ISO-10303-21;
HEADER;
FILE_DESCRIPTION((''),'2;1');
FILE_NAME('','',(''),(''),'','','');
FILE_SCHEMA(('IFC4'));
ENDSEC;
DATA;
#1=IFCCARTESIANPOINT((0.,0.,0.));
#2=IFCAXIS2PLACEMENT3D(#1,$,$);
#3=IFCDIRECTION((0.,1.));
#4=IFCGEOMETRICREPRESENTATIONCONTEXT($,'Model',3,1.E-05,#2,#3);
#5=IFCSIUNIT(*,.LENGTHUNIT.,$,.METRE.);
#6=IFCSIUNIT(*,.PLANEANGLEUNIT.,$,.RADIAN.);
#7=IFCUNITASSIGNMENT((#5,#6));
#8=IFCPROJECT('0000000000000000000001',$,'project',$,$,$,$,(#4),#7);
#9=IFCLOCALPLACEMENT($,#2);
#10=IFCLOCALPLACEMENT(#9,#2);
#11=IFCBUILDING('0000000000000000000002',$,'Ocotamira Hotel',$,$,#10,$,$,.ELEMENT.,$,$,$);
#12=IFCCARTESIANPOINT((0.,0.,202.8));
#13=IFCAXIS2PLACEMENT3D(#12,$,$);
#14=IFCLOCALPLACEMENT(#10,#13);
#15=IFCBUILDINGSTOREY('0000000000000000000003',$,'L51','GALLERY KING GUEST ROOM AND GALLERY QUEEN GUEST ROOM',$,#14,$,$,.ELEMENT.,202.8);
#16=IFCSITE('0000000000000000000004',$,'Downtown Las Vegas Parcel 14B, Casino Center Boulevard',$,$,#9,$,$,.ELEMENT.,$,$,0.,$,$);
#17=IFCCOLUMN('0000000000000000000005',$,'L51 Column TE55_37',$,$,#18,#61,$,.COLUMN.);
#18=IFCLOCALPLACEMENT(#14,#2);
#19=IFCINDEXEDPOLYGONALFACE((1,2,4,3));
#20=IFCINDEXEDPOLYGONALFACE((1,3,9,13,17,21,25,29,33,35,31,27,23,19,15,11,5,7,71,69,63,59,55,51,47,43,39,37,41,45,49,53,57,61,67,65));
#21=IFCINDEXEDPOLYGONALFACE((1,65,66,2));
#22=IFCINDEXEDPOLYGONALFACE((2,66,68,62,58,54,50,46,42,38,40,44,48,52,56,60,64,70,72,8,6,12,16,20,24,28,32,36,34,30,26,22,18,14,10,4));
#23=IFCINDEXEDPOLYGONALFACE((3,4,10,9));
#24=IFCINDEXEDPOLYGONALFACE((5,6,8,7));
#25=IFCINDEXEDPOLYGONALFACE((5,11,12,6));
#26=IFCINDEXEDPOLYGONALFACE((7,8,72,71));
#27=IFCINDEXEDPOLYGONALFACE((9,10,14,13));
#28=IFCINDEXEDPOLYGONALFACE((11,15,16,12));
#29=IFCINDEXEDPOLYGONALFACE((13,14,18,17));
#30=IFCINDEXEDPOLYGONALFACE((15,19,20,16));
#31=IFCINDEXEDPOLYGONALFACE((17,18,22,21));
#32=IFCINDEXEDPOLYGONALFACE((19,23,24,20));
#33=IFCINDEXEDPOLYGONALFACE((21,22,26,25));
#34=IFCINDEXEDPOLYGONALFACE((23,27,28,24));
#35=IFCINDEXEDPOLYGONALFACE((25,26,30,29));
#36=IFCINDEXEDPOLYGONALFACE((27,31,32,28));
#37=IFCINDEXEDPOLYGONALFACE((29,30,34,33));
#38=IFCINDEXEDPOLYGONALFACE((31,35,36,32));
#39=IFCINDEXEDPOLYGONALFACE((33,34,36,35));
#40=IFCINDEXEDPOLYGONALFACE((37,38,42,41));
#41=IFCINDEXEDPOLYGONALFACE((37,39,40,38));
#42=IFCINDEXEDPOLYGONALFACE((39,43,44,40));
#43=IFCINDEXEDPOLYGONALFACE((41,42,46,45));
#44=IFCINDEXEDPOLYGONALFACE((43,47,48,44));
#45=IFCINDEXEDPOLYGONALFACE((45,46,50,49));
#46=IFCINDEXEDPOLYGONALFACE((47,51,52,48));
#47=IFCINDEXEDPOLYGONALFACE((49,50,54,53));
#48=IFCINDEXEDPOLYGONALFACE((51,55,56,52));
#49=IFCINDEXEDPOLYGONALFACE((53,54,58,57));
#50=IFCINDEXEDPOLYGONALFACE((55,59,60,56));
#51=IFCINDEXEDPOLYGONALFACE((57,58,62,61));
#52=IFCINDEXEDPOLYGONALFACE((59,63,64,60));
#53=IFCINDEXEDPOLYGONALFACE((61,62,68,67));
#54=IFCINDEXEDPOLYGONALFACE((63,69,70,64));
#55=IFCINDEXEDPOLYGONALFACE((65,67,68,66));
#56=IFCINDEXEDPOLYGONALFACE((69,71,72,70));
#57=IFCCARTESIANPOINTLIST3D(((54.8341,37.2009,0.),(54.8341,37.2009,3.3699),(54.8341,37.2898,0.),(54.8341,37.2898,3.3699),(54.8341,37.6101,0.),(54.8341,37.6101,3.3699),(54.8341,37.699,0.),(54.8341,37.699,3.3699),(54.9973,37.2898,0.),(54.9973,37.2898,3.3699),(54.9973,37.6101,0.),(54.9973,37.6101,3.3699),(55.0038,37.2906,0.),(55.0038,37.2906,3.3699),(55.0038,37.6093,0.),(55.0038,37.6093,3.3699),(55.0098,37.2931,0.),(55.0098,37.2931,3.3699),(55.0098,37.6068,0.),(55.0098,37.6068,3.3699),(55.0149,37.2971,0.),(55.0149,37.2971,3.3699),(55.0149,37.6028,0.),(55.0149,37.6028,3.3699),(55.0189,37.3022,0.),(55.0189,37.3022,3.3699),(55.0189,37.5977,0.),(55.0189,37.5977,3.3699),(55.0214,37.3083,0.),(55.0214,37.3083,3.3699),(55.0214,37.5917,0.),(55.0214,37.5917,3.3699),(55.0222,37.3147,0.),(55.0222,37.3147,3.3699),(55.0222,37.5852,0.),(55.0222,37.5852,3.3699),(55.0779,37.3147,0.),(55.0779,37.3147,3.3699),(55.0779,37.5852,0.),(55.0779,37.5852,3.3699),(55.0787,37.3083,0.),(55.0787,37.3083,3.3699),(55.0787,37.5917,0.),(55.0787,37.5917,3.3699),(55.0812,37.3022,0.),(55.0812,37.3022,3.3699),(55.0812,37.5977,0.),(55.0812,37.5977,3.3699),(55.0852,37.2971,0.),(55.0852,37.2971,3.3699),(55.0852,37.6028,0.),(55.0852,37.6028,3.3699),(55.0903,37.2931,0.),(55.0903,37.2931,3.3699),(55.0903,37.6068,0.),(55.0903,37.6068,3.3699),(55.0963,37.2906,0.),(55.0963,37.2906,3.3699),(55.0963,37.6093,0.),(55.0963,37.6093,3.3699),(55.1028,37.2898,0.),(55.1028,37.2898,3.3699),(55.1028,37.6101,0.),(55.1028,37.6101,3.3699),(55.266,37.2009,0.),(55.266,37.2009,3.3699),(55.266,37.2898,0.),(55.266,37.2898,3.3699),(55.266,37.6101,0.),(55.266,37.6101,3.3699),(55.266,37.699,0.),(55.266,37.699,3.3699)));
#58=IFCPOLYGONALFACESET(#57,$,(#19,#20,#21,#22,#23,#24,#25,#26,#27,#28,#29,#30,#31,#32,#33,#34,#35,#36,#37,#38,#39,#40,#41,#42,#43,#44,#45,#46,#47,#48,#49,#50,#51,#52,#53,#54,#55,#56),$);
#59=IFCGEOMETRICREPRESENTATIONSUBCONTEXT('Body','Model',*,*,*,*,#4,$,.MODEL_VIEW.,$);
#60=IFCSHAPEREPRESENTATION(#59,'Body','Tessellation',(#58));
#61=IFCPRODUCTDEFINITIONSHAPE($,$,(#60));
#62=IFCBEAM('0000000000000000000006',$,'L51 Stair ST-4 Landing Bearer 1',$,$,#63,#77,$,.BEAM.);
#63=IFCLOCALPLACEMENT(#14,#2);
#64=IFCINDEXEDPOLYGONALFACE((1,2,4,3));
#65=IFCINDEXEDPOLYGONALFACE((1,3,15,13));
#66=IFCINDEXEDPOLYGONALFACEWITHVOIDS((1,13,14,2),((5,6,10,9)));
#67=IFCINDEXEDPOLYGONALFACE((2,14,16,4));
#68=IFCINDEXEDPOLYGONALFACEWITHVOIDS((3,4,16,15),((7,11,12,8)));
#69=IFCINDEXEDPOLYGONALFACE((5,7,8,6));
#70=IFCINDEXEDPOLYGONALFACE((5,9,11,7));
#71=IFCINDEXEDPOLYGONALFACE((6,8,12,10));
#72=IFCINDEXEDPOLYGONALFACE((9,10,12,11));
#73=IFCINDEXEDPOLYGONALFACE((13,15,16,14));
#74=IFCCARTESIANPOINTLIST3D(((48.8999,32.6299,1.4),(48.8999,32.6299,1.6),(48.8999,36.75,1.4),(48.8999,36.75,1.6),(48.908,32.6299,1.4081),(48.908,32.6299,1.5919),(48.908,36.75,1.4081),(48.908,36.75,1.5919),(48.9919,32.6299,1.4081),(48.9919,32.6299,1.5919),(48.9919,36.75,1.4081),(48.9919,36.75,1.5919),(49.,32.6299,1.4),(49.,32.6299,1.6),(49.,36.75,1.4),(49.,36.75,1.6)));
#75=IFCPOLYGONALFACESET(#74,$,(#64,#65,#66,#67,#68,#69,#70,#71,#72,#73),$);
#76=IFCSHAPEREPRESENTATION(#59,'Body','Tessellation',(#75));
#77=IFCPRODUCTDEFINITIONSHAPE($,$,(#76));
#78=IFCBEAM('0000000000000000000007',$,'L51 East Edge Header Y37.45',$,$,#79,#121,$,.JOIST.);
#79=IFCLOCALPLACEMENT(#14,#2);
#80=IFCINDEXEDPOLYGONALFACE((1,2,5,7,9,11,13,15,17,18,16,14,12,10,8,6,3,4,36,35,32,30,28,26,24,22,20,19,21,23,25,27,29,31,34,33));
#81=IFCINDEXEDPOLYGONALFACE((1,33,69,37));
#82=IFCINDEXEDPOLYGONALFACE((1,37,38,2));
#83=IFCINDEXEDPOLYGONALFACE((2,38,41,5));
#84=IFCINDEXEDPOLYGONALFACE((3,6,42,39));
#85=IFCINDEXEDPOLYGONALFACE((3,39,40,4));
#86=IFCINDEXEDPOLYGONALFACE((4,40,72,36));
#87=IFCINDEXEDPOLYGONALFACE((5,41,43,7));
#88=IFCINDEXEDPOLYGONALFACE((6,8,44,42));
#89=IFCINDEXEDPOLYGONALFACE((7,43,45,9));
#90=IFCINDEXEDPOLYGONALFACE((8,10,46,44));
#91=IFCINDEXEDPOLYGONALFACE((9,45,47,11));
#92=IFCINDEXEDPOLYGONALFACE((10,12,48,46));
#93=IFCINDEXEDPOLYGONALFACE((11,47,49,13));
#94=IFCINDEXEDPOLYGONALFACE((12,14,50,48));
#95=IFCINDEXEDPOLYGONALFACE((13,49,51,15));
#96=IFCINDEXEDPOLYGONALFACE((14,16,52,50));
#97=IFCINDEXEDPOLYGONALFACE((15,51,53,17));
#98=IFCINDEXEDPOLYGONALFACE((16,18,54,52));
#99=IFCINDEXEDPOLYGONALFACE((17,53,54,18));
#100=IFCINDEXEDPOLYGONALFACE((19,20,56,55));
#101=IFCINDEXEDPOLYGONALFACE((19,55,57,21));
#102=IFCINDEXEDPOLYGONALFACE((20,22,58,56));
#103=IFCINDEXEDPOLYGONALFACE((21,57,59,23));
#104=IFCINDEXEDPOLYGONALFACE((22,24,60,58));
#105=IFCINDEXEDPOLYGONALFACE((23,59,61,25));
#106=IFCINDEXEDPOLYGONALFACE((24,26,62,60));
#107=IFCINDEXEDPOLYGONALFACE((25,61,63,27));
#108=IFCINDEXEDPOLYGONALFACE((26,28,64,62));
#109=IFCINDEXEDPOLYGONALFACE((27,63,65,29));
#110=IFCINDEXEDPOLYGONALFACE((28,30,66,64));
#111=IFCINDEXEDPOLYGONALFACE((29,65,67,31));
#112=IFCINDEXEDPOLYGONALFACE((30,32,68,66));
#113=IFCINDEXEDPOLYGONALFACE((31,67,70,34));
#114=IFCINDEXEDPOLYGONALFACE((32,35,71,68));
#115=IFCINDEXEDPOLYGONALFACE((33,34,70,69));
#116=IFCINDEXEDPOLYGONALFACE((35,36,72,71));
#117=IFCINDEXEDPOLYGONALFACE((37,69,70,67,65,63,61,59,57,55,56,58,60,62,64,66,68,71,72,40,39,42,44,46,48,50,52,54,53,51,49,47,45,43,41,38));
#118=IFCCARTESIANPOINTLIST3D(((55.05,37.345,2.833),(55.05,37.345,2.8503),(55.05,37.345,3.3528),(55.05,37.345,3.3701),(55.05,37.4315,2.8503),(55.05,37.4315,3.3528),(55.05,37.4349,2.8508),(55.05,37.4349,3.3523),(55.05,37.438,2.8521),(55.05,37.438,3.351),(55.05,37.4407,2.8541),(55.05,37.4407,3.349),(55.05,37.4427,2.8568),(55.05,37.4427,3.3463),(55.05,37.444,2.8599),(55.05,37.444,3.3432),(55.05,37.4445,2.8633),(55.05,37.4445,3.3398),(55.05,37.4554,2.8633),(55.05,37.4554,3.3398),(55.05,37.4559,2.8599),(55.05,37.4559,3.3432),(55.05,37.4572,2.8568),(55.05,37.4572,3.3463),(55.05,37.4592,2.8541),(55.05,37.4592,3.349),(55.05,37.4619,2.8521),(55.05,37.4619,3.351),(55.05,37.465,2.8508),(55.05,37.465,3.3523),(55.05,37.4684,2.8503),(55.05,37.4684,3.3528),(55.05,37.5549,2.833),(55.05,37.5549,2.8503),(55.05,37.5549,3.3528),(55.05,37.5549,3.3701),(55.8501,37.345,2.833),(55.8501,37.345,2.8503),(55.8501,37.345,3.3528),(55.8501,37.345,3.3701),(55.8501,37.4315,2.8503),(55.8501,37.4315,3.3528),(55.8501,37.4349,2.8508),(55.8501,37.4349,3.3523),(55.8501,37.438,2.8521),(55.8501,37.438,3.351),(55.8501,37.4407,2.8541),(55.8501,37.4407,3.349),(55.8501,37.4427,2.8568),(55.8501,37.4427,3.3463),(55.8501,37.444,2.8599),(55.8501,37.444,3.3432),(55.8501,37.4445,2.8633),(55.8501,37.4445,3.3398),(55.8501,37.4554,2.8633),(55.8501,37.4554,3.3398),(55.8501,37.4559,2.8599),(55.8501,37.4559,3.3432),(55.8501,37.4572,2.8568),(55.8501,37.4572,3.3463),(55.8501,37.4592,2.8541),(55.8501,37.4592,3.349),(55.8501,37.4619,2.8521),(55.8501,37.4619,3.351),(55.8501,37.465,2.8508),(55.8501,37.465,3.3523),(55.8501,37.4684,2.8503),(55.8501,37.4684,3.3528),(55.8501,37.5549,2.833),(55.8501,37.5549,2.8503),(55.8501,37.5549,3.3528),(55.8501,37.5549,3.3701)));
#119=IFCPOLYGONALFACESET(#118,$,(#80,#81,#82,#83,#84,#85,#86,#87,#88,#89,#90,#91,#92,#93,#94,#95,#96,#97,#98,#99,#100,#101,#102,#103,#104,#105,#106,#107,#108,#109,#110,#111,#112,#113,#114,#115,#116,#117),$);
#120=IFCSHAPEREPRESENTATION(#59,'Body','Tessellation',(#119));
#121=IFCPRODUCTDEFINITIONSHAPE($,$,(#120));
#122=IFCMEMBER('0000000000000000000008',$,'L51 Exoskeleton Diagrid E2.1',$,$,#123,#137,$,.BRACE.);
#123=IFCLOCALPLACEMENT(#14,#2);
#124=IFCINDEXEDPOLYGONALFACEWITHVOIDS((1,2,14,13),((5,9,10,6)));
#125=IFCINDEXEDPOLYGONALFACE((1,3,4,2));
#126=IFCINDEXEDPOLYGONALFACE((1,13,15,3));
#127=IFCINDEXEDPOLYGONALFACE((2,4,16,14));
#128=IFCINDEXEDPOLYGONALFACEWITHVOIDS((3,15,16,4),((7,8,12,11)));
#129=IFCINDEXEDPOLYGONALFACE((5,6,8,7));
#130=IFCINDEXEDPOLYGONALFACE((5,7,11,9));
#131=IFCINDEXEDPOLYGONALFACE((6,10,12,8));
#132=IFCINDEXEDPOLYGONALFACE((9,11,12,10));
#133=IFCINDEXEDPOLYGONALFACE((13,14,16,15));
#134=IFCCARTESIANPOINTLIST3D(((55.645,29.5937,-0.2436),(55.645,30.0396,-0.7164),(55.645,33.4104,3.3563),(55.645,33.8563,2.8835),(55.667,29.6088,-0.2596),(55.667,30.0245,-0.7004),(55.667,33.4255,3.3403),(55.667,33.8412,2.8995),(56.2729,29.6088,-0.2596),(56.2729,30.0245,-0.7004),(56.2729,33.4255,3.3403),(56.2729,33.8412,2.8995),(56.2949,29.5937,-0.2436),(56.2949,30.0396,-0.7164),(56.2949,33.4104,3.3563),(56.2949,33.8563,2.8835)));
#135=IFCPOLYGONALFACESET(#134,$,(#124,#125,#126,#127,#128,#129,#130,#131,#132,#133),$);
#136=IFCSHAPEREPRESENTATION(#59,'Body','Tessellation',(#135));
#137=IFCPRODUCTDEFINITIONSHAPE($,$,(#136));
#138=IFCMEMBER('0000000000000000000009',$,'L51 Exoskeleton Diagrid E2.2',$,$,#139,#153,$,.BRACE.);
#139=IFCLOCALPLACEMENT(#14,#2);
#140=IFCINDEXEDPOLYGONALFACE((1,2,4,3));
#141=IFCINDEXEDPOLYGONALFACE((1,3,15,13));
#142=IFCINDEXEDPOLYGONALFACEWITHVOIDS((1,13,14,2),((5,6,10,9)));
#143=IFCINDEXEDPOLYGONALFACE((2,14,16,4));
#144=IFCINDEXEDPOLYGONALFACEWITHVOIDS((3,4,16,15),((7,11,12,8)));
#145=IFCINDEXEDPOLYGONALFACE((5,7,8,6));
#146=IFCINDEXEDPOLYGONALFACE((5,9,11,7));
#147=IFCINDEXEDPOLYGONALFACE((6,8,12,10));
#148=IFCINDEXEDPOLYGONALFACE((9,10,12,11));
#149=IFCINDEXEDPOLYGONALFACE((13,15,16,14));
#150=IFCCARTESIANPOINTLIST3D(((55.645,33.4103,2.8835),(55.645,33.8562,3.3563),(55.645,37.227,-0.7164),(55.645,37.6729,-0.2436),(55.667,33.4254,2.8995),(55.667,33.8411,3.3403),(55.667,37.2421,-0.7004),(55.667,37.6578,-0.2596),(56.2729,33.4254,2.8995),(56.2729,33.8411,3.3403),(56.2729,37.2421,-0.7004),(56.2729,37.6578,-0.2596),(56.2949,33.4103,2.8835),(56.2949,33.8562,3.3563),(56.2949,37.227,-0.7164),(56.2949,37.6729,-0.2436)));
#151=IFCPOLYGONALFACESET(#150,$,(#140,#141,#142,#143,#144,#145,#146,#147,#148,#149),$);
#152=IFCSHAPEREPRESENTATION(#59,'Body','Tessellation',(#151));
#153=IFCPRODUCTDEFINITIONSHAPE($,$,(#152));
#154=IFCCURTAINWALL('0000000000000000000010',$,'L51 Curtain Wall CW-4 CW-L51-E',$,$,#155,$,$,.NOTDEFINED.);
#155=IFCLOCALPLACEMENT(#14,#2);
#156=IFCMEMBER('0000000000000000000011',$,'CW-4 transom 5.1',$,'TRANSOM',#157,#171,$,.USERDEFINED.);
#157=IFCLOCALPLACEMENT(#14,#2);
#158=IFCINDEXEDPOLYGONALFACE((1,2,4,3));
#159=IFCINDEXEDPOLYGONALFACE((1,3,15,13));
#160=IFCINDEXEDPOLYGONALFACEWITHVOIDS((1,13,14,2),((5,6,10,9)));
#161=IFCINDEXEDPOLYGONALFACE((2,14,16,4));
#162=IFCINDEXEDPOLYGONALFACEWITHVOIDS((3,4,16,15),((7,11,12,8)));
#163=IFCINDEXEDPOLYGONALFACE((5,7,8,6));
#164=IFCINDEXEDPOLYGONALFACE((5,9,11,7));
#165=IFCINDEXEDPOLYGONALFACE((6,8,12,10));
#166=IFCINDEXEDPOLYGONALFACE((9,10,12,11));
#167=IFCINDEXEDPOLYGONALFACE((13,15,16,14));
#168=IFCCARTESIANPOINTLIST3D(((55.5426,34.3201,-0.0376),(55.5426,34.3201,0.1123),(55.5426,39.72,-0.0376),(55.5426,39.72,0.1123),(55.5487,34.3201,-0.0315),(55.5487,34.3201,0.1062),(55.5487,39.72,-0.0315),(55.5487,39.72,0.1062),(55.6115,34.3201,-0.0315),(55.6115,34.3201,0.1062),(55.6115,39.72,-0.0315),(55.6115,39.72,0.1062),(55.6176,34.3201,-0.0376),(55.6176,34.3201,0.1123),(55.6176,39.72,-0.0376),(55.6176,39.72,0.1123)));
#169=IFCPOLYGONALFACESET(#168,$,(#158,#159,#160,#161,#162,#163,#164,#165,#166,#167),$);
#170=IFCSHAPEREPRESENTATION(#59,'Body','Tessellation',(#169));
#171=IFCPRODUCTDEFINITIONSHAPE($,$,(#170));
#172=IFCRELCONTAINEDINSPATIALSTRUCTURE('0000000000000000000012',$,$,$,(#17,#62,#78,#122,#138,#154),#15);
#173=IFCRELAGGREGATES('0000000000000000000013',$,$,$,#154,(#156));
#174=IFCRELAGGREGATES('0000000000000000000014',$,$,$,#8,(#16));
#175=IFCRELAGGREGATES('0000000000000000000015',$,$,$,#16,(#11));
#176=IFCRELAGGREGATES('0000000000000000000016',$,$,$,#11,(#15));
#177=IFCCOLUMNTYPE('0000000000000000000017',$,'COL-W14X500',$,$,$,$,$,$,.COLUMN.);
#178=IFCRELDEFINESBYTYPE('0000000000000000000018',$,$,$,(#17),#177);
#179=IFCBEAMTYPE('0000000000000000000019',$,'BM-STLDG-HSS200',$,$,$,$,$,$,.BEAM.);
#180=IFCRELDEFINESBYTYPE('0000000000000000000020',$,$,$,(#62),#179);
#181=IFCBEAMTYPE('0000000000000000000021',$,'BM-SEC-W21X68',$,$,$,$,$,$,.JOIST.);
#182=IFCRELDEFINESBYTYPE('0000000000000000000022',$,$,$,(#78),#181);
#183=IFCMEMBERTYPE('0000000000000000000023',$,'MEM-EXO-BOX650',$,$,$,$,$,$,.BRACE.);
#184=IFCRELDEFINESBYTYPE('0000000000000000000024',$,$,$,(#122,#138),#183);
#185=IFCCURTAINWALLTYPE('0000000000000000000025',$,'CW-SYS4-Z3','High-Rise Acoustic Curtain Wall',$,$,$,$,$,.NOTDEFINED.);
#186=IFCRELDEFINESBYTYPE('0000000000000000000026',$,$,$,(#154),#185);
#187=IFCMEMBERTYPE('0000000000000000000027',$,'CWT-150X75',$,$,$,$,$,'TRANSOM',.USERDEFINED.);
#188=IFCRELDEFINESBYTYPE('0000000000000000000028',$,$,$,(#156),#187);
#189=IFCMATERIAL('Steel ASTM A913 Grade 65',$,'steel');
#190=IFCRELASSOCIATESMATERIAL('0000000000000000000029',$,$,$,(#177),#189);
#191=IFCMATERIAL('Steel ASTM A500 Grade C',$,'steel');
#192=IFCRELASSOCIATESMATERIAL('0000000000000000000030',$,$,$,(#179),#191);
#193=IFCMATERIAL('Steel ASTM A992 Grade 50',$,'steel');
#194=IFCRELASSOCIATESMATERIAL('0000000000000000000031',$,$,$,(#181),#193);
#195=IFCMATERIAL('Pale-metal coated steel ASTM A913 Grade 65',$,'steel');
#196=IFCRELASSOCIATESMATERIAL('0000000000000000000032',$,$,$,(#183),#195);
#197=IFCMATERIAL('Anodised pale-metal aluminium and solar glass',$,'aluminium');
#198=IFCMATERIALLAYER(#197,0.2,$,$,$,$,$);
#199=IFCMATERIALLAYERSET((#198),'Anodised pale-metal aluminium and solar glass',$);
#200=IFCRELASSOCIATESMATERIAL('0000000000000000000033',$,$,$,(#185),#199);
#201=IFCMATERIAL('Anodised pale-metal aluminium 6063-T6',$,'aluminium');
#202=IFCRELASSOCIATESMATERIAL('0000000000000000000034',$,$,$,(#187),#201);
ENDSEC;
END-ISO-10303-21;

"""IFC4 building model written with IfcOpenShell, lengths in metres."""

from ifc_helpers import new_model, si_unit, direction, frame, origin, origin_2d, place, context, subcontext, project, spatial, hollow_rectangle, i_section, extrude, source, transform, mapped, material, layer, layer_set, material_profile, profile_set, type_object, element, aggregate, save


model = new_model("IFC4")

# Units and contexts
model_context = context("Model", 3, precision=1e-05, world=origin(), true_north=direction((0.0, 1.0)))
body_context = subcontext(model_context, "Body", "Model", "MODEL_VIEW")
ifc_project = project(units=[si_unit("LENGTHUNIT", "METRE"), si_unit("PLANEANGLEUNIT", "RADIAN")], contexts=[model_context])

# Site, building, storey
site_placement = place(None, origin())
site = spatial("IfcSite", under=ifc_project, at=site_placement, Name="Downtown Las Vegas Parcel 14B, Casino Center Boulevard", CompositionType="ELEMENT", RefElevation=0.0)
building_placement = place(site_placement, origin())
building = spatial("IfcBuilding", under=site, at=building_placement, Name="Ocotamira Hotel", CompositionType="ELEMENT")
storey_placement = place(building_placement, frame((0.0, 0.0, 202.8)))
storey = spatial("IfcBuildingStorey", under=building, at=storey_placement, Name="L51", Description="GALLERY KING GUEST ROOM AND GALLERY QUEEN GUEST ROOM", CompositionType="ELEMENT", Elevation=202.8)

# Column
ifc_material_1 = material(Name="Steel ASTM A913 Grade 65", Category="steel")
ifc_material_profile_1 = material_profile(ifc_material_1, i_section(OverallWidth=0.4319, OverallDepth=0.498, WebThickness=0.0557, FlangeThickness=0.0889, FilletRadius=0.0249, at=origin_2d()), Name="W14X500")
ifc_profile_set_1 = profile_set([ifc_material_profile_1], Name="Steel ASTM A913 Grade 65")
column_type = type_object("IfcColumnType", Name="COL-W14X500", PredefinedType="COLUMN", material=ifc_profile_set_1)
shared_shape_1 = source(origin(), body_context, "Body", "SweptSolid", [
    extrude(i_section(OverallWidth=0.4319, OverallDepth=0.498, WebThickness=0.0557, FlangeThickness=0.0889, FilletRadius=0.0249, at=origin_2d()), origin(), (0.0, 0.0, 1.0), 3.3699),
])
column_placement = place(storey_placement, frame((55.05, 37.45, 0.0), z_axis=(0.0, 0.0, 1.0), x_axis=(1.0, 0.0, 0.0)))
element("IfcColumn", 1, at=column_placement, inside=storey, type_object=column_type, Name="L51 Column TE55_37", PredefinedType="COLUMN", context=body_context, shape_type="MappedRepresentation", body=[
    mapped(shared_shape_1, transform((0.0, 0.0, 0.0), scale=1.0)),
])

# Beams
ifc_material_2 = material(Name="Steel ASTM A500 Grade C", Category="steel")
ifc_material_profile_2 = material_profile(ifc_material_2, hollow_rectangle(XDim=0.1001, YDim=0.2, WallThickness=0.0081, at=origin_2d()), Name="HSS200X100X8")
ifc_profile_set_2 = profile_set([ifc_material_profile_2], Name="Steel ASTM A500 Grade C")
beam_type_1 = type_object("IfcBeamType", Name="BM-STLDG-HSS200", PredefinedType="BEAM", material=ifc_profile_set_2)
shared_shape_2 = source(origin(), body_context, "Body", "SweptSolid", [
    extrude(hollow_rectangle(XDim=0.1001, YDim=0.2, WallThickness=0.0081, at=origin_2d()), origin(), (0.0, 0.0, 1.0), 4.1201),
])
beam_1_placement = place(storey_placement, frame((48.95, 32.6299, 1.5), z_axis=(0.0, 1.0, 0.0), x_axis=(-1.0, 0.0, 0.0)))
element("IfcBeam", 2, at=beam_1_placement, inside=storey, type_object=beam_type_1, Name="L51 Stair ST-4 Landing Bearer 1", PredefinedType="BEAM", context=body_context, shape_type="MappedRepresentation", body=[
    mapped(shared_shape_2, transform((0.0, 0.0, 0.0), scale=1.0)),
])
ifc_material_3 = material(Name="Steel ASTM A992 Grade 50", Category="steel")
ifc_material_profile_3 = material_profile(ifc_material_3, i_section(OverallWidth=0.21, OverallDepth=0.5371, WebThickness=0.011, FlangeThickness=0.0173, FilletRadius=0.0129, at=origin_2d()), Name="W21X68")
ifc_profile_set_3 = profile_set([ifc_material_profile_3], Name="Steel ASTM A992 Grade 50")
beam_type_2 = type_object("IfcBeamType", Name="BM-SEC-W21X68", PredefinedType="JOIST", material=ifc_profile_set_3)
shared_shape_3 = source(origin(), body_context, "Body", "SweptSolid", [
    extrude(i_section(OverallWidth=0.21, OverallDepth=0.5371, WebThickness=0.011, FlangeThickness=0.0173, FilletRadius=0.0129, at=origin_2d()), origin(), (0.0, 0.0, 1.0), 0.8),
])
beam_2_placement = place(storey_placement, frame((55.05, 37.45, 3.1016), z_axis=(1.0, 0.0, 0.0), x_axis=(0.0, 1.0, 0.0)))
element("IfcBeam", 3, at=beam_2_placement, inside=storey, type_object=beam_type_2, Name="L51 East Edge Header Y37.45", PredefinedType="JOIST", context=body_context, shape_type="MappedRepresentation", body=[
    mapped(shared_shape_3, transform((0.0, 0.0, 0.0), scale=1.0)),
])

# Members
ifc_material_4 = material(Name="Pale-metal coated steel ASTM A913 Grade 65", Category="steel")
ifc_material_profile_4 = material_profile(ifc_material_4, hollow_rectangle(XDim=0.6499, YDim=0.6499, WallThickness=0.022, at=origin_2d()), Name="BOX650X650X22")
ifc_profile_set_4 = profile_set([ifc_material_profile_4], Name="Pale-metal coated steel ASTM A913 Grade 65")
member_type_1 = type_object("IfcMemberType", Name="MEM-EXO-BOX650", PredefinedType="BRACE", material=ifc_profile_set_4)
shared_shape_4 = source(origin(), body_context, "Body", "SweptSolid", [
    extrude(hollow_rectangle(XDim=0.6499, YDim=0.6499, WallThickness=0.022, at=origin_2d()), origin(), (0.0, 0.0, 1.0), 5.2466),
])
for number, where, z_axis, x_axis, name in (
    (4, (55.97, 29.8167, -0.48), (0.0, 0.727466, 0.686144), (-1.0, 0.0, 0.0), "L51 Exoskeleton Diagrid E2.1"),
    (5, (55.97, 37.45, -0.48), (0.0, -0.727466, 0.686144), (1.0, 0.0, 0.0), "L51 Exoskeleton Diagrid E2.2"),
):
    element("IfcMember", number, at=place(storey_placement, frame(where, z_axis=z_axis, x_axis=x_axis)), inside=storey, type_object=member_type_1, Name=name, PredefinedType="BRACE", context=body_context, shape_type="MappedRepresentation", body=[
        mapped(shared_shape_4, transform((0.0, 0.0, 0.0), scale=1.0)),
    ])

# Curtain wall, member
ifc_material_5 = material(Name="Anodised pale-metal aluminium and solar glass", Category="aluminium")
ifc_layer_1 = layer(ifc_material_5, 0.2)
ifc_layer_set_1 = layer_set([ifc_layer_1], Name="Anodised pale-metal aluminium and solar glass")
curtain_wall_type = type_object("IfcCurtainWallType", Name="CW-SYS4-Z3", Description="High-Rise Acoustic Curtain Wall", PredefinedType="NOTDEFINED", material=ifc_layer_set_1)
curtain_wall_placement = place(storey_placement, origin())
curtain_wall = element("IfcCurtainWall", 6, at=curtain_wall_placement, inside=storey, type_object=curtain_wall_type, Name="L51 Curtain Wall CW-4 CW-L51-E", PredefinedType="NOTDEFINED")
ifc_material_6 = material(Name="Anodised pale-metal aluminium 6063-T6", Category="aluminium")
ifc_material_profile_5 = material_profile(ifc_material_6, hollow_rectangle(XDim=0.075, YDim=0.1499, WallThickness=0.0061, at=origin_2d()), Name="HSS150X75X6")
ifc_profile_set_5 = profile_set([ifc_material_profile_5], Name="Anodised pale-metal aluminium 6063-T6")
member_type_2 = type_object("IfcMemberType", Name="CWT-150X75", ElementType="TRANSOM", PredefinedType="USERDEFINED", material=ifc_profile_set_5)
shared_shape_5 = source(origin(), body_context, "Body", "SweptSolid", [
    extrude(hollow_rectangle(XDim=0.075, YDim=0.1499, WallThickness=0.0061, at=origin_2d()), origin(), (0.0, 0.0, 1.0), 5.3999),
])
member_1_placement = place(storey_placement, frame((55.5801, 34.3201, 0.0374), z_axis=(0.0, 1.0, 0.0), x_axis=(-1.0, 0.0, 0.0)))
member_1 = element("IfcMember", 7, at=member_1_placement, type_object=member_type_2, Name="CW-4 transom 5.1", ObjectType="TRANSOM", PredefinedType="USERDEFINED", context=body_context, shape_type="MappedRepresentation", body=[
    mapped(shared_shape_5, transform((0.0, 0.0, 0.0), scale=1.0)),
])

aggregate(curtain_wall, [member_1])

save(model, "model.ifc")
